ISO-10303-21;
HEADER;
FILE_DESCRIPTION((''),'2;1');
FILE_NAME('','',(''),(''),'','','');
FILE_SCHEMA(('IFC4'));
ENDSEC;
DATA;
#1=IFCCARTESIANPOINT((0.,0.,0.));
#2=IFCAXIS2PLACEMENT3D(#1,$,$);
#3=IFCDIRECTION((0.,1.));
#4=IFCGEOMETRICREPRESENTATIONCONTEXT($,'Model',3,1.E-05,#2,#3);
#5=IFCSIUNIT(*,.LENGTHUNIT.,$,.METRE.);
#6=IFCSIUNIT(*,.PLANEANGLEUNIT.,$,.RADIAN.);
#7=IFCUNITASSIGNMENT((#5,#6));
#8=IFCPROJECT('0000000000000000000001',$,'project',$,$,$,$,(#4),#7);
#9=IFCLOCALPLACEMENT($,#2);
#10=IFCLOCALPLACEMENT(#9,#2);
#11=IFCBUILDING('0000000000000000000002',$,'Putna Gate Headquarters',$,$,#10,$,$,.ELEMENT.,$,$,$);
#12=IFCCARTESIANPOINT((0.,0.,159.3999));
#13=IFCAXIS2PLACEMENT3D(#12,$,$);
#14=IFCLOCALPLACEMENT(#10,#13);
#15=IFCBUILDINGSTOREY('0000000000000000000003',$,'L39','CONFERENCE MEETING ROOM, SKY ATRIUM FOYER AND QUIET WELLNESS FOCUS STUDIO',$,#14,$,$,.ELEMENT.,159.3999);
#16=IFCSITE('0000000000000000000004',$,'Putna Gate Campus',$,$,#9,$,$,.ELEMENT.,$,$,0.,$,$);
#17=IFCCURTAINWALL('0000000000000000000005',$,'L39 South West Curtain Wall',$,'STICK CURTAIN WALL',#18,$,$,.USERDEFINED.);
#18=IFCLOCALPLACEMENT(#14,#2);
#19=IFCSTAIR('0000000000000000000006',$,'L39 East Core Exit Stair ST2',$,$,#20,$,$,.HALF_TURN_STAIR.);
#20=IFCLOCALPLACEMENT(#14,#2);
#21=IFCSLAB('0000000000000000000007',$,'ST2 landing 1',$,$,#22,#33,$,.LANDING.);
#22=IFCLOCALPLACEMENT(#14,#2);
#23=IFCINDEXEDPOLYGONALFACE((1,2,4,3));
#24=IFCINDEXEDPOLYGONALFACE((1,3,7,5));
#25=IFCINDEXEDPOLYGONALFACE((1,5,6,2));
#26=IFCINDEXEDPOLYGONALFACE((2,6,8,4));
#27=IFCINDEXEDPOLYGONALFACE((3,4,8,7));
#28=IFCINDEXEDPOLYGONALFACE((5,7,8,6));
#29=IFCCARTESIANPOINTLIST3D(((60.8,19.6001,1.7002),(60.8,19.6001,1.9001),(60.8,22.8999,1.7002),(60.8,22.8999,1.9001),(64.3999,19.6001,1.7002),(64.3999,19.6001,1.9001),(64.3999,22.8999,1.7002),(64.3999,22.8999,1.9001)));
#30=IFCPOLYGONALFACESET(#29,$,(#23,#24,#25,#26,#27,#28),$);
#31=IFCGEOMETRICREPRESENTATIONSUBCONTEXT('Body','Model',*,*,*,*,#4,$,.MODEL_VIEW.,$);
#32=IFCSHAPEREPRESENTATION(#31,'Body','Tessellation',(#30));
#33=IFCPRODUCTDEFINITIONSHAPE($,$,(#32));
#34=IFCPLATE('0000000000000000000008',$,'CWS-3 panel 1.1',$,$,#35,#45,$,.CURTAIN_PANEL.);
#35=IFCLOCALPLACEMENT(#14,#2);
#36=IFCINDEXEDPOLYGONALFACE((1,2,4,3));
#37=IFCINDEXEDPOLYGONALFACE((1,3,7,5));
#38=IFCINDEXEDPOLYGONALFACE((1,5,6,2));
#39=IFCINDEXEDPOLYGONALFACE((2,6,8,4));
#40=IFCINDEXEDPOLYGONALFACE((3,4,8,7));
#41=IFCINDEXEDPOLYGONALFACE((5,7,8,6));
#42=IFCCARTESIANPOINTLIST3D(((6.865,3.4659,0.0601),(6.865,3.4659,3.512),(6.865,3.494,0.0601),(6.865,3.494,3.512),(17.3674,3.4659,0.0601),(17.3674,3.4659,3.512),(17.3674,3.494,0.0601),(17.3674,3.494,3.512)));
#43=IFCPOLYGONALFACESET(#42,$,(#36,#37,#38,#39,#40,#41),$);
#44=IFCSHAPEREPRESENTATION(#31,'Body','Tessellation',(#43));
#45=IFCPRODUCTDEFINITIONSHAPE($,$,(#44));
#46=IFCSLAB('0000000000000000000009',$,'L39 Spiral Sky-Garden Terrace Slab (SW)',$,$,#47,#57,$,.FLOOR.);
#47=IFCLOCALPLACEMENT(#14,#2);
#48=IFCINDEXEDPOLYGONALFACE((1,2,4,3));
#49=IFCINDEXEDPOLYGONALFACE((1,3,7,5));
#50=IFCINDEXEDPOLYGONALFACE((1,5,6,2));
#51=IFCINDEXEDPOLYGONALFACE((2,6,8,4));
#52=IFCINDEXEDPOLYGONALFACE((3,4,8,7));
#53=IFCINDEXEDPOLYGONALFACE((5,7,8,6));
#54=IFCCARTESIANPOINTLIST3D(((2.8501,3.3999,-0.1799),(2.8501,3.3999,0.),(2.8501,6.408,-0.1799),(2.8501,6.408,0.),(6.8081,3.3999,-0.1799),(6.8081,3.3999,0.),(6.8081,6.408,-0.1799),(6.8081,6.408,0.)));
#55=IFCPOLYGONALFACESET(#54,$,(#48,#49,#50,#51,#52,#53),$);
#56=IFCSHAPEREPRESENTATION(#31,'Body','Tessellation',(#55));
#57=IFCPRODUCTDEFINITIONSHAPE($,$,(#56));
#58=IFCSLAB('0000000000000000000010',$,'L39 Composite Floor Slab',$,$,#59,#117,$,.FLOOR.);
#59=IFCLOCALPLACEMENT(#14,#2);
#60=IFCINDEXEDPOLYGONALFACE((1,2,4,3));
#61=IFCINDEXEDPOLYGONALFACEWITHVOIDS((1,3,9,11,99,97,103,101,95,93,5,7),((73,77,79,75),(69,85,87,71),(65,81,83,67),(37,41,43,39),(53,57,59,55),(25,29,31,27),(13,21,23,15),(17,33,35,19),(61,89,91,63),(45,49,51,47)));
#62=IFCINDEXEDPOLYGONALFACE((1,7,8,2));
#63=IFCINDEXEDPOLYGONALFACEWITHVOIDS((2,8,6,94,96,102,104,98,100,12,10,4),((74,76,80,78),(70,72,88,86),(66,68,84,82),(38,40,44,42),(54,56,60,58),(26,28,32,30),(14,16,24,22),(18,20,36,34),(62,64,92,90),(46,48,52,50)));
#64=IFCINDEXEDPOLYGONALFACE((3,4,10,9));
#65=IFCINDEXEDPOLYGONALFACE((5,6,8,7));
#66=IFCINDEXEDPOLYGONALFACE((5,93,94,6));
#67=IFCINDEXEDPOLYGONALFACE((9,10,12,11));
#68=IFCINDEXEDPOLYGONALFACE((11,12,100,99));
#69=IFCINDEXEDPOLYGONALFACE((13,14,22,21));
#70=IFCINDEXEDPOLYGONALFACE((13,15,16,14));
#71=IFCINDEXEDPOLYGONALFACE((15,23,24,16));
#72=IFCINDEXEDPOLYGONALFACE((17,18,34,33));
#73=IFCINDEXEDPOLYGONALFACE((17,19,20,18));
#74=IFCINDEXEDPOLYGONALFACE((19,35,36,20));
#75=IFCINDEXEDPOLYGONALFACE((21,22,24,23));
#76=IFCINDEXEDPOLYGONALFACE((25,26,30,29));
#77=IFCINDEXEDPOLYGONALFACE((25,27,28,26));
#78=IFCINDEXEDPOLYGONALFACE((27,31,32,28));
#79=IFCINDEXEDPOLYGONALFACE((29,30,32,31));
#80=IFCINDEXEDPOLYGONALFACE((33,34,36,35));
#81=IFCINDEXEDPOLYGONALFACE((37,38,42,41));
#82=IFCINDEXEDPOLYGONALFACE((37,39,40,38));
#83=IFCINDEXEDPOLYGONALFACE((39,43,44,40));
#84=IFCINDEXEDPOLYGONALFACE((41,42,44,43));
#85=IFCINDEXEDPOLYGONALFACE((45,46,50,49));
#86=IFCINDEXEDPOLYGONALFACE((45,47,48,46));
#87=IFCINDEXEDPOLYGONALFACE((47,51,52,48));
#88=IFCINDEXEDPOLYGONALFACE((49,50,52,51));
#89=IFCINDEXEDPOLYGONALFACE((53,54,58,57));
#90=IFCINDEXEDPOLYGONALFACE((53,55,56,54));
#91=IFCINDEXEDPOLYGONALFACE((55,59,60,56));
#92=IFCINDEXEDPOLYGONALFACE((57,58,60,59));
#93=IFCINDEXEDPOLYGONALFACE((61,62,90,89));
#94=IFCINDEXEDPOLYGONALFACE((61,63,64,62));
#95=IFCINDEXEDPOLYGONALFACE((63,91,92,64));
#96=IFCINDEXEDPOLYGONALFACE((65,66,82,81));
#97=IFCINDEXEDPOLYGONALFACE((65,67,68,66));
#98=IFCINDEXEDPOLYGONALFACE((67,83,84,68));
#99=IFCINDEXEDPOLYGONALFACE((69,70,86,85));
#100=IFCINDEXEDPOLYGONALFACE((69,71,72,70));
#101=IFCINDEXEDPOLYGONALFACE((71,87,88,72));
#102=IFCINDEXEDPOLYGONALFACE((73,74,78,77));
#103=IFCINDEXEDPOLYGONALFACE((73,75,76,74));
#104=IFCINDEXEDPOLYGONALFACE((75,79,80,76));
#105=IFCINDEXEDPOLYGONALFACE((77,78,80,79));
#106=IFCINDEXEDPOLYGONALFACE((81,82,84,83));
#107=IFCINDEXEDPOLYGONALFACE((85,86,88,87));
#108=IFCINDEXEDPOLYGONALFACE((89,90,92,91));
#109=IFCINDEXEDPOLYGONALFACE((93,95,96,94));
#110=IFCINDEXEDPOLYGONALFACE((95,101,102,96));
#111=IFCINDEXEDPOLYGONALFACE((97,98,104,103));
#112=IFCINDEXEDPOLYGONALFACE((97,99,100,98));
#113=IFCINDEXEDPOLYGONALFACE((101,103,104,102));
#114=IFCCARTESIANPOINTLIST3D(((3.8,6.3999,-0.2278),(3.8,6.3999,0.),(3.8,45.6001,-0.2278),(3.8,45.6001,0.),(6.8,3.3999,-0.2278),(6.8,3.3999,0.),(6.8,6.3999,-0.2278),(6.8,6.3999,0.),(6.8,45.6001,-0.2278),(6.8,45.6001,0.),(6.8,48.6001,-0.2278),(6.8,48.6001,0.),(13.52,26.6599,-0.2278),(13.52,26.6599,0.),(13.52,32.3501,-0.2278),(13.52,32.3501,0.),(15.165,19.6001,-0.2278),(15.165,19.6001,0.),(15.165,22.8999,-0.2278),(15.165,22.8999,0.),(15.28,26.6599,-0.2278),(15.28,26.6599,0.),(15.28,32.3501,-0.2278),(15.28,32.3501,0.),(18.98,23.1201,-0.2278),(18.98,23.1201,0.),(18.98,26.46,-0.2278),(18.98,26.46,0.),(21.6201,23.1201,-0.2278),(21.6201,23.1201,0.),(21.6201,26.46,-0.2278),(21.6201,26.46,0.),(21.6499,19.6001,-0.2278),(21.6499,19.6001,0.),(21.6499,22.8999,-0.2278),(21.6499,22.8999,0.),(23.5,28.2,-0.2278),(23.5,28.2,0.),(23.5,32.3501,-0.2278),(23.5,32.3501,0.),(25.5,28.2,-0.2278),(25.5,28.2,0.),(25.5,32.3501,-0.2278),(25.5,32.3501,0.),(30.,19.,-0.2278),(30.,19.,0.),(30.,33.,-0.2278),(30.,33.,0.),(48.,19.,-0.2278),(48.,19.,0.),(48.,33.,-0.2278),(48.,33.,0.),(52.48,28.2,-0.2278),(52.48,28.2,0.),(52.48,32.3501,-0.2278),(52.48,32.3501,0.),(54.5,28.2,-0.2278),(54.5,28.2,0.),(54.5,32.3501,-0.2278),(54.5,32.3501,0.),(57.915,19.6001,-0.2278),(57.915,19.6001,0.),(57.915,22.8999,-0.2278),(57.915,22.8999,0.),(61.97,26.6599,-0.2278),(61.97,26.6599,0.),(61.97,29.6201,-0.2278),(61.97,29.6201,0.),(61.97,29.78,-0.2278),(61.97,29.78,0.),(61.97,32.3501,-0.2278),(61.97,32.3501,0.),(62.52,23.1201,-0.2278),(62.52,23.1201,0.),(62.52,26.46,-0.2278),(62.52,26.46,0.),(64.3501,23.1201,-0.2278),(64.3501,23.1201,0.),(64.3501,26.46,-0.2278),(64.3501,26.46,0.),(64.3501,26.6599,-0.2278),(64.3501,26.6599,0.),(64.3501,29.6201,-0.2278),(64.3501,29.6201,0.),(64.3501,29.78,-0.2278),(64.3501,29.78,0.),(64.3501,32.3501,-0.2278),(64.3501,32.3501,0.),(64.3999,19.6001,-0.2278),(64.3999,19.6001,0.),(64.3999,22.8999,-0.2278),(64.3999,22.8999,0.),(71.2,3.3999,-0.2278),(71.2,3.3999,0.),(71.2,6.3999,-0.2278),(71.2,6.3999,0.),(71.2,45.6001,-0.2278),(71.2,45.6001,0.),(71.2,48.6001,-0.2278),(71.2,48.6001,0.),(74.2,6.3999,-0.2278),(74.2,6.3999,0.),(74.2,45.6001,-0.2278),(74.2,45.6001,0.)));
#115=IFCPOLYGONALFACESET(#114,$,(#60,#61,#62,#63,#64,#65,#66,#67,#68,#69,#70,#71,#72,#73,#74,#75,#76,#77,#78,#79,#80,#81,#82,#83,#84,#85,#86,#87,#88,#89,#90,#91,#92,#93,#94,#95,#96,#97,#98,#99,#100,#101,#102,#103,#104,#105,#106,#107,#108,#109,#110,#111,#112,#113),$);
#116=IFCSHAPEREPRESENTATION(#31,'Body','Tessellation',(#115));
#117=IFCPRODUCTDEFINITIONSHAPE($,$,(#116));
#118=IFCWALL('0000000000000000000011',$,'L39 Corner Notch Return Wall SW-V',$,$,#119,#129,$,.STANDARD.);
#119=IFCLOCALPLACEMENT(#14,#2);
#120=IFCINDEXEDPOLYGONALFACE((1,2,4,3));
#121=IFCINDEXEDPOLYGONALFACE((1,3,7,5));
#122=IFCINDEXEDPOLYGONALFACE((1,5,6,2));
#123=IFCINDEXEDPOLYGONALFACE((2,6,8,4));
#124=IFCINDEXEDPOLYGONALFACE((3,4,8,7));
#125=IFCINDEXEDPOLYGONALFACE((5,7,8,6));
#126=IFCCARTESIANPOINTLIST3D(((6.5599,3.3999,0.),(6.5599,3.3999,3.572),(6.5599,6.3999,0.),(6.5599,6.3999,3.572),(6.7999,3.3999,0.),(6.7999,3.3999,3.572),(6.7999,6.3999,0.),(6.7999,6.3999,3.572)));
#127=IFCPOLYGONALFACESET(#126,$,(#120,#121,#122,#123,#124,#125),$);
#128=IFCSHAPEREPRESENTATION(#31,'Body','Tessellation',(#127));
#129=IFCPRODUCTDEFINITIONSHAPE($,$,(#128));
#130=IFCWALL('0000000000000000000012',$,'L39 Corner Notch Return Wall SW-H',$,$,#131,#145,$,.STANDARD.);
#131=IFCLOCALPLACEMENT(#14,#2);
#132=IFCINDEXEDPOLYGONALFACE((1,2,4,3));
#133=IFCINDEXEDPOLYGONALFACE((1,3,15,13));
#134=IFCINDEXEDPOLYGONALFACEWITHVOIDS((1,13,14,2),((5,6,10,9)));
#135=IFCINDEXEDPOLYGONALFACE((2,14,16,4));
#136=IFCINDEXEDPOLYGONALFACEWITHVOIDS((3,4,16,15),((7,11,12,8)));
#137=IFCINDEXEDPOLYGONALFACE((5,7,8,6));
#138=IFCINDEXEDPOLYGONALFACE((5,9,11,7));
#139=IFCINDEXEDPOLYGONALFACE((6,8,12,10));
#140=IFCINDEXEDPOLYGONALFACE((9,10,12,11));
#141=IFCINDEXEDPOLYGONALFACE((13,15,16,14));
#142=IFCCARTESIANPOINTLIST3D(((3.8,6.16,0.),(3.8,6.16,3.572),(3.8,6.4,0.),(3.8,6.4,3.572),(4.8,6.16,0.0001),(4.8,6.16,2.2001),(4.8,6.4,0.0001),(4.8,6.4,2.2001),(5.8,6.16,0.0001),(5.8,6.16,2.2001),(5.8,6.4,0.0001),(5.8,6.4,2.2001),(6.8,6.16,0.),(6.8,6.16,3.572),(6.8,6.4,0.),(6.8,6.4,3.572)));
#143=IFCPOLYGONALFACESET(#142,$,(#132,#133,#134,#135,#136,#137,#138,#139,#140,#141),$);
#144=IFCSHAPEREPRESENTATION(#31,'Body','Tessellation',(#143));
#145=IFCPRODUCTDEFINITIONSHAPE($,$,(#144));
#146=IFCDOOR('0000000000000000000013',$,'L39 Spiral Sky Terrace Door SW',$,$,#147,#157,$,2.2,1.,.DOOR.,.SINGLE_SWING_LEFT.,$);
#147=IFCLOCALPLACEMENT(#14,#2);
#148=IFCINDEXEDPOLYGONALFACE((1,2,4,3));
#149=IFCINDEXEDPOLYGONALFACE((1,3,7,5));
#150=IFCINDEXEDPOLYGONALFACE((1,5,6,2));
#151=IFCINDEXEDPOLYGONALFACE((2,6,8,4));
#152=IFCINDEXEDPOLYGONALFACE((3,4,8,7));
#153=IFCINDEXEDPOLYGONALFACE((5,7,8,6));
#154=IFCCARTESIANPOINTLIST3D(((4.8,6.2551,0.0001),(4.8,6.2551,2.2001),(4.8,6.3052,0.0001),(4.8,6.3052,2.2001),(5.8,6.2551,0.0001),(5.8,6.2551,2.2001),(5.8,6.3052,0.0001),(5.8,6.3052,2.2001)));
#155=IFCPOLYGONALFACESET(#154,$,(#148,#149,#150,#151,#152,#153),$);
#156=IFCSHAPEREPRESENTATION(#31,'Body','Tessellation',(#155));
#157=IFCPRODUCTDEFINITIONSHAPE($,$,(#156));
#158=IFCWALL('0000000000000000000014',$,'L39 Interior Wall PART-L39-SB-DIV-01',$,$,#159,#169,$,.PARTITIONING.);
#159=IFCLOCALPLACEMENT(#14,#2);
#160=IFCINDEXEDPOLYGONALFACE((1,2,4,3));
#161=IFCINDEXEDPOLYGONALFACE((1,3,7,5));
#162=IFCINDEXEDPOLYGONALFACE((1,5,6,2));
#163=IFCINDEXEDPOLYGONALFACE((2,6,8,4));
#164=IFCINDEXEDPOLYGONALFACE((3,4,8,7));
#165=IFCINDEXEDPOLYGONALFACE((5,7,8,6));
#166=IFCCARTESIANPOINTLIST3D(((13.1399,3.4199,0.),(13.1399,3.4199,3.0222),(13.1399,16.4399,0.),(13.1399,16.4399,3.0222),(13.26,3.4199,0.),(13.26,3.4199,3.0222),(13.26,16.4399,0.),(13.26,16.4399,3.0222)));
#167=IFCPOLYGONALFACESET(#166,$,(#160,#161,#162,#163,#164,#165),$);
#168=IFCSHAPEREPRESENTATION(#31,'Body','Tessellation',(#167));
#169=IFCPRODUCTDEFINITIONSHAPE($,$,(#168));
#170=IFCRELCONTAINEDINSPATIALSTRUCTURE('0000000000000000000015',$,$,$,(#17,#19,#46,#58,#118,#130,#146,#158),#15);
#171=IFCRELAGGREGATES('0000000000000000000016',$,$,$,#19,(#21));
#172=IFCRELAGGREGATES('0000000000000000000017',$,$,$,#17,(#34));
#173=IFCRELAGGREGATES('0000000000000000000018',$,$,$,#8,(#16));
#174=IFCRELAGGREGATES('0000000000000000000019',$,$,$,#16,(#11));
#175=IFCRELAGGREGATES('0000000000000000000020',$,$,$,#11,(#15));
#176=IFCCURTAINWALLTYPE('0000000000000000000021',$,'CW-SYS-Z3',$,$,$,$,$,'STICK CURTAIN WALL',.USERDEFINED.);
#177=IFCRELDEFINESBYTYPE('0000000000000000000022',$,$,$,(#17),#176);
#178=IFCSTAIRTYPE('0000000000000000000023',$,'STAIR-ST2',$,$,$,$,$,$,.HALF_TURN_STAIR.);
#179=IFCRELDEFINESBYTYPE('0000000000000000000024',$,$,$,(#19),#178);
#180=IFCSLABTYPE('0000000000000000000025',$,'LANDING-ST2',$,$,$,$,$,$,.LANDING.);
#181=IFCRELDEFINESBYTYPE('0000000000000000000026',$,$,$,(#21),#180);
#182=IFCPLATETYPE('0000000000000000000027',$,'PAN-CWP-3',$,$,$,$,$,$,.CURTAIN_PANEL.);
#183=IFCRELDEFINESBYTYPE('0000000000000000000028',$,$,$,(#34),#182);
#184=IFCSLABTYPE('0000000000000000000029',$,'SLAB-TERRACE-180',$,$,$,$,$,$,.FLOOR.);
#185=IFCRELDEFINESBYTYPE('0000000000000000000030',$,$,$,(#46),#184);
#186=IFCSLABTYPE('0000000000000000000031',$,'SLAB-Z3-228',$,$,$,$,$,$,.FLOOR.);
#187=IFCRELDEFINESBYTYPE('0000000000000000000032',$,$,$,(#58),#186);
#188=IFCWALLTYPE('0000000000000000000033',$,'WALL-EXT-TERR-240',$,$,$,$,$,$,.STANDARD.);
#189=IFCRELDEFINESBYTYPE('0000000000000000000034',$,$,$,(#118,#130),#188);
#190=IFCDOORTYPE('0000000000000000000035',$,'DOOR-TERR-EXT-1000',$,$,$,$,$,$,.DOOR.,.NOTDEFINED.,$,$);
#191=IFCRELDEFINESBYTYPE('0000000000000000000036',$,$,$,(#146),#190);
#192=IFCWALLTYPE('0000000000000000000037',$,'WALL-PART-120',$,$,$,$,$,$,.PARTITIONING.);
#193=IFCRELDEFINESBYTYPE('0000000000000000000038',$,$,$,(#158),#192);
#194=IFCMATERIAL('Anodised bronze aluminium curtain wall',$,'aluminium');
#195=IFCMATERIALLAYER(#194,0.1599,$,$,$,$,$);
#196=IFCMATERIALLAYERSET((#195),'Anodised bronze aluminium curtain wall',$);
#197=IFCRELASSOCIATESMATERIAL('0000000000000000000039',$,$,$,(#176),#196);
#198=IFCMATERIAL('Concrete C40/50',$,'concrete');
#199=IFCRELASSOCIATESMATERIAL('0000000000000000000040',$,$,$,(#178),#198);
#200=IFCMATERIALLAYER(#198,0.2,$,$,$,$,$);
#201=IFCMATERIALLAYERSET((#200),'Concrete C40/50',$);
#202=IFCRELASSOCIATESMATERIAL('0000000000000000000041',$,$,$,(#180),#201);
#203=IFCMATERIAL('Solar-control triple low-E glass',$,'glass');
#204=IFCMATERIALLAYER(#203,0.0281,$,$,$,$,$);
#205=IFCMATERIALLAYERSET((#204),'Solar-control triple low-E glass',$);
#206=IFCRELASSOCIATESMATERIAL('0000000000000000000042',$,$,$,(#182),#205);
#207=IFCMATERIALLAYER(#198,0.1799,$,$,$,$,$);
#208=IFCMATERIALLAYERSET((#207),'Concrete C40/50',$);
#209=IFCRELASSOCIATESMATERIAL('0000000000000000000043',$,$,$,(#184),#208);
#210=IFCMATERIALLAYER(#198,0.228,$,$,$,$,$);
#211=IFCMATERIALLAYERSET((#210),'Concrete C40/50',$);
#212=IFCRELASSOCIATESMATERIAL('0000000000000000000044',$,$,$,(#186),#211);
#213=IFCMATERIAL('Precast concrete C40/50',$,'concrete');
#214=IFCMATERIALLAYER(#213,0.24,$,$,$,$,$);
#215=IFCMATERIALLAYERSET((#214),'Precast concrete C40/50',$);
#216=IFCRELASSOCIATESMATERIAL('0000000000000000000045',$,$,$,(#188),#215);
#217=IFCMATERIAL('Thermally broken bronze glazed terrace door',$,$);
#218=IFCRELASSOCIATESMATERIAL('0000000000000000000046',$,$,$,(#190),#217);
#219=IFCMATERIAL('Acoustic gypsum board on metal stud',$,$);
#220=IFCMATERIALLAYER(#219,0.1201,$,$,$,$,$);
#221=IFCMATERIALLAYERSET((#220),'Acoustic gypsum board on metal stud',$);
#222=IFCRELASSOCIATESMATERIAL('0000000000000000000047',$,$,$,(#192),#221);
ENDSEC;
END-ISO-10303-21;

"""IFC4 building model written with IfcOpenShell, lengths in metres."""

from ifc_helpers import new_model, si_unit, direction, frame, frame_2d, origin, origin_2d, place, context, subcontext, project, spatial, polyline, rectangle, outline, extrude, material, layer, layer_set, type_object, element, fill, aggregate, save


model = new_model("IFC4")

# Units and contexts
model_context = context("Model", 3, precision=1e-05, world=origin(), true_north=direction((0.0, 1.0)))
body_context = subcontext(model_context, "Body", "Model", "MODEL_VIEW")
ifc_project = project(units=[si_unit("LENGTHUNIT", "METRE"), si_unit("PLANEANGLEUNIT", "RADIAN")], contexts=[model_context])

# Site, building, storey
site_placement = place(None, origin())
site = spatial("IfcSite", under=ifc_project, at=site_placement, Name="Putna Gate Campus", CompositionType="ELEMENT", RefElevation=0.0)
building_placement = place(site_placement, origin())
building = spatial("IfcBuilding", under=site, at=building_placement, Name="Putna Gate Headquarters", CompositionType="ELEMENT")
storey_placement = place(building_placement, frame((0.0, 0.0, 159.3999)))
storey = spatial("IfcBuildingStorey", under=building, at=storey_placement, Name="L39", Description="CONFERENCE MEETING ROOM, SKY ATRIUM FOYER AND QUIET WELLNESS FOCUS STUDIO", CompositionType="ELEMENT", Elevation=159.3999)

# Curtain wall
ifc_material_1 = material(Name="Anodised bronze aluminium curtain wall", Category="aluminium")
ifc_layer_1 = layer(ifc_material_1, 0.1599)
ifc_layer_set_1 = layer_set([ifc_layer_1], Name="Anodised bronze aluminium curtain wall")
curtain_wall_type = type_object("IfcCurtainWallType", Name="CW-SYS-Z3", ElementType="STICK CURTAIN WALL", PredefinedType="USERDEFINED", material=ifc_layer_set_1)
curtain_wall_1_placement = place(storey_placement, origin())
curtain_wall_1 = element("IfcCurtainWall", 1, at=curtain_wall_1_placement, inside=storey, type_object=curtain_wall_type, Name="L39 South West Curtain Wall", ObjectType="STICK CURTAIN WALL", PredefinedType="USERDEFINED")

# Stair, slab
ifc_material_2 = material(Name="Concrete C40/50", Category="concrete")
stair_type_1 = type_object("IfcStairType", Name="STAIR-ST2", PredefinedType="HALF_TURN_STAIR", material=ifc_material_2)
stair_1_placement = place(storey_placement, origin())
stair_1 = element("IfcStair", 2, at=stair_1_placement, inside=storey, type_object=stair_type_1, Name="L39 East Core Exit Stair ST2", PredefinedType="HALF_TURN_STAIR")
ifc_layer_2 = layer(ifc_material_2, 0.2)
ifc_layer_set_2 = layer_set([ifc_layer_2], Name="Concrete C40/50")
slab_type_1 = type_object("IfcSlabType", Name="LANDING-ST2", PredefinedType="LANDING", material=ifc_layer_set_2)
slab_1_placement = place(storey_placement, frame((0.0, 0.0, 1.7002)))
slab_1 = element("IfcSlab", 3, at=slab_1_placement, type_object=slab_type_1, Name="ST2 landing 1", PredefinedType="LANDING", context=body_context, shape_type="SweptSolid", body=[
    extrude(outline(polyline([(60.8, 19.6001), (64.3999, 19.6001), (64.3999, 22.8999), (60.8, 22.8999), (60.8, 19.6001)])), origin(), (0.0, 0.0, 1.0), 0.2),
])
aggregate(stair_1, [slab_1])

# Plate
ifc_material_3 = material(Name="Solar-control triple low-E glass", Category="glass")
ifc_layer_3 = layer(ifc_material_3, 0.0281)
ifc_layer_set_3 = layer_set([ifc_layer_3], Name="Solar-control triple low-E glass")
plate_type = type_object("IfcPlateType", Name="PAN-CWP-3", PredefinedType="CURTAIN_PANEL", material=ifc_layer_set_3)
plate_placement = place(storey_placement, frame((12.1162, 3.48, 0.0601), z_axis=(0.0, 0.0, 1.0), x_axis=(1.0, 0.0, 0.0)))
plate = element("IfcPlate", 4, at=plate_placement, type_object=plate_type, Name="CWS-3 panel 1.1", PredefinedType="CURTAIN_PANEL", context=body_context, shape_type="SweptSolid", body=[
    extrude(rectangle(XDim=10.5024, YDim=0.0281, at=origin_2d()), origin(), (0.0, 0.0, 1.0), 3.4519),
])
aggregate(curtain_wall_1, [plate])

# Slabs
ifc_layer_4 = layer(ifc_material_2, 0.1799)
ifc_layer_set_4 = layer_set([ifc_layer_4], Name="Concrete C40/50")
slab_type_2 = type_object("IfcSlabType", Name="SLAB-TERRACE-180", PredefinedType="FLOOR", material=ifc_layer_set_4)
slab_2_placement = place(storey_placement, frame((0.0, 0.0, -0.1799)))
element("IfcSlab", 5, at=slab_2_placement, inside=storey, type_object=slab_type_2, Name="L39 Spiral Sky-Garden Terrace Slab (SW)", PredefinedType="FLOOR", context=body_context, shape_type="SweptSolid", body=[
    extrude(outline(polyline([(2.8501, 3.3999), (6.8081, 3.3999), (6.8081, 6.408), (2.8501, 6.408), (2.8501, 3.3999)])), origin(), (0.0, 0.0, 1.0), 0.1799),
])
ifc_layer_5 = layer(ifc_material_2, 0.228)
ifc_layer_set_5 = layer_set([ifc_layer_5], Name="Concrete C40/50")
slab_type_3 = type_object("IfcSlabType", Name="SLAB-Z3-228", PredefinedType="FLOOR", material=ifc_layer_set_5)
slab_3_placement = place(storey_placement, frame((0.0, 0.0, -0.2278)))
element("IfcSlab", 6, at=slab_3_placement, inside=storey, type_object=slab_type_3, Name="L39 Composite Floor Slab", PredefinedType="FLOOR", context=body_context, shape_type="SweptSolid", body=[
    extrude(outline(polyline([(6.8, 3.3999), (71.2, 3.3999), (71.2, 6.3999), (74.2, 6.3999), (74.2, 45.6001), (71.2, 45.6001), (71.2, 48.6001), (6.8, 48.6001), (6.8, 45.6001), (3.8, 45.6001), (3.8, 6.3999), (6.8, 6.3999), (6.8, 3.3999)]), holes=[polyline([(15.165, 19.6001), (21.6499, 19.6001), (21.6499, 22.8999), (15.165, 22.8999), (15.165, 19.6001)]), polyline([(57.915, 19.6001), (64.3999, 19.6001), (64.3999, 22.8999), (57.915, 22.8999), (57.915, 19.6001)]), polyline([(13.52, 26.6599), (15.28, 26.6599), (15.28, 32.3501), (13.52, 32.3501), (13.52, 26.6599)]), polyline([(61.97, 29.78), (64.3501, 29.78), (64.3501, 32.3501), (61.97, 32.3501), (61.97, 29.78)]), polyline([(18.98, 23.1201), (21.6201, 23.1201), (21.6201, 26.46), (18.98, 26.46), (18.98, 23.1201)]), polyline([(62.52, 23.1201), (64.3501, 23.1201), (64.3501, 26.46), (62.52, 26.46), (62.52, 23.1201)]), polyline([(61.97, 26.6599), (64.3501, 26.6599), (64.3501, 29.6201), (61.97, 29.6201), (61.97, 26.6599)]), polyline([(23.5, 28.2), (25.5, 28.2), (25.5, 32.3501), (23.5, 32.3501), (23.5, 28.2)]), polyline([(52.48, 28.2), (54.5, 28.2), (54.5, 32.3501), (52.48, 32.3501), (52.48, 28.2)]), polyline([(30.0, 19.0), (48.0, 19.0), (48.0, 33.0), (30.0, 33.0), (30.0, 19.0)])]), origin(), (0.0, 0.0, 1.0), 0.2278),
])

# Wall
ifc_material_4 = material(Name="Precast concrete C40/50", Category="concrete")
ifc_layer_6 = layer(ifc_material_4, 0.24)
ifc_layer_set_6 = layer_set([ifc_layer_6], Name="Precast concrete C40/50")
wall_type_1 = type_object("IfcWallType", Name="WALL-EXT-TERR-240", PredefinedType="STANDARD", material=ifc_layer_set_6)
wall_1_placement = place(storey_placement, frame((6.6799, 3.3999, 0.0), z_axis=(0.0, 0.0, 1.0), x_axis=(0.0, 1.0, 0.0)))
element("IfcWall", 7, at=wall_1_placement, inside=storey, type_object=wall_type_1, Name="L39 Corner Notch Return Wall SW-V", PredefinedType="STANDARD", context=body_context, shape_type="SweptSolid", body=[
    extrude(rectangle(XDim=3.0, YDim=0.24, at=frame_2d((1.5, 0.0))), origin(), (0.0, 0.0, 1.0), 3.572),
])

# Wall, opening, door
wall_2_placement = place(storey_placement, frame((6.8, 6.28, 0.0), z_axis=(0.0, 0.0, 1.0), x_axis=(-1.0, 0.0, 0.0)))
wall_2 = element("IfcWall", 8, at=wall_2_placement, inside=storey, type_object=wall_type_1, Name="L39 Corner Notch Return Wall SW-H", PredefinedType="STANDARD", context=body_context, shape_type="SweptSolid", body=[
    extrude(rectangle(XDim=3.0, YDim=0.24, at=frame_2d((1.5, 0.0))), origin(), (0.0, 0.0, 1.0), 3.572),
])
opening_placement = place(wall_2_placement, frame((1.0, 0.0, 0.0)))
opening = element("IfcOpeningElement", 9, at=opening_placement, cuts=wall_2, PredefinedType="OPENING", context=body_context, shape_type="SweptSolid", body=[
    extrude(rectangle(XDim=1.0, YDim=2.2, at=frame_2d((0.5, 1.1001))), frame((0.0, 0.1299, 0.0), z_axis=(0.0, -1.0, 0.0), x_axis=(1.0, 0.0, 0.0)), (0.0, 0.0, 1.0), 0.26),
])
ifc_material_5 = material(Name="Thermally broken bronze glazed terrace door")
door_type = type_object("IfcDoorType", Name="DOOR-TERR-EXT-1000", OperationType="NOTDEFINED", PredefinedType="DOOR", material=ifc_material_5)
door_placement = place(opening_placement, origin())
door = element("IfcDoor", 10, at=door_placement, inside=storey, type_object=door_type, Name="L39 Spiral Sky Terrace Door SW", OperationType="SINGLE_SWING_LEFT", OverallHeight=2.2, OverallWidth=1.0, PredefinedType="DOOR", context=body_context, shape_type="SweptSolid", body=[
    extrude(rectangle(XDim=1.0, YDim=2.2, at=frame_2d((0.5, 1.1001))), frame((0.0, 0.0249, 0.0), z_axis=(0.0, -1.0, 0.0), x_axis=(1.0, 0.0, 0.0)), (0.0, 0.0, 1.0), 0.05),
])
fill(opening, door)

# Wall
ifc_material_6 = material(Name="Acoustic gypsum board on metal stud")
ifc_layer_7 = layer(ifc_material_6, 0.1201)
ifc_layer_set_7 = layer_set([ifc_layer_7], Name="Acoustic gypsum board on metal stud")
wall_type_2 = type_object("IfcWallType", Name="WALL-PART-120", PredefinedType="PARTITIONING", material=ifc_layer_set_7)
wall_3_placement = place(storey_placement, frame((13.2, 3.4199, 0.0), z_axis=(0.0, 0.0, 1.0), x_axis=(0.0, 1.0, 0.0)))
element("IfcWall", 11, at=wall_3_placement, inside=storey, type_object=wall_type_2, Name="L39 Interior Wall PART-L39-SB-DIV-01", PredefinedType="PARTITIONING", context=body_context, shape_type="SweptSolid", body=[
    extrude(rectangle(XDim=13.02, YDim=0.1201, at=frame_2d((6.51, 0.0))), origin(), (0.0, 0.0, 1.0), 3.0222),
])

save(model, "model.ifc")
